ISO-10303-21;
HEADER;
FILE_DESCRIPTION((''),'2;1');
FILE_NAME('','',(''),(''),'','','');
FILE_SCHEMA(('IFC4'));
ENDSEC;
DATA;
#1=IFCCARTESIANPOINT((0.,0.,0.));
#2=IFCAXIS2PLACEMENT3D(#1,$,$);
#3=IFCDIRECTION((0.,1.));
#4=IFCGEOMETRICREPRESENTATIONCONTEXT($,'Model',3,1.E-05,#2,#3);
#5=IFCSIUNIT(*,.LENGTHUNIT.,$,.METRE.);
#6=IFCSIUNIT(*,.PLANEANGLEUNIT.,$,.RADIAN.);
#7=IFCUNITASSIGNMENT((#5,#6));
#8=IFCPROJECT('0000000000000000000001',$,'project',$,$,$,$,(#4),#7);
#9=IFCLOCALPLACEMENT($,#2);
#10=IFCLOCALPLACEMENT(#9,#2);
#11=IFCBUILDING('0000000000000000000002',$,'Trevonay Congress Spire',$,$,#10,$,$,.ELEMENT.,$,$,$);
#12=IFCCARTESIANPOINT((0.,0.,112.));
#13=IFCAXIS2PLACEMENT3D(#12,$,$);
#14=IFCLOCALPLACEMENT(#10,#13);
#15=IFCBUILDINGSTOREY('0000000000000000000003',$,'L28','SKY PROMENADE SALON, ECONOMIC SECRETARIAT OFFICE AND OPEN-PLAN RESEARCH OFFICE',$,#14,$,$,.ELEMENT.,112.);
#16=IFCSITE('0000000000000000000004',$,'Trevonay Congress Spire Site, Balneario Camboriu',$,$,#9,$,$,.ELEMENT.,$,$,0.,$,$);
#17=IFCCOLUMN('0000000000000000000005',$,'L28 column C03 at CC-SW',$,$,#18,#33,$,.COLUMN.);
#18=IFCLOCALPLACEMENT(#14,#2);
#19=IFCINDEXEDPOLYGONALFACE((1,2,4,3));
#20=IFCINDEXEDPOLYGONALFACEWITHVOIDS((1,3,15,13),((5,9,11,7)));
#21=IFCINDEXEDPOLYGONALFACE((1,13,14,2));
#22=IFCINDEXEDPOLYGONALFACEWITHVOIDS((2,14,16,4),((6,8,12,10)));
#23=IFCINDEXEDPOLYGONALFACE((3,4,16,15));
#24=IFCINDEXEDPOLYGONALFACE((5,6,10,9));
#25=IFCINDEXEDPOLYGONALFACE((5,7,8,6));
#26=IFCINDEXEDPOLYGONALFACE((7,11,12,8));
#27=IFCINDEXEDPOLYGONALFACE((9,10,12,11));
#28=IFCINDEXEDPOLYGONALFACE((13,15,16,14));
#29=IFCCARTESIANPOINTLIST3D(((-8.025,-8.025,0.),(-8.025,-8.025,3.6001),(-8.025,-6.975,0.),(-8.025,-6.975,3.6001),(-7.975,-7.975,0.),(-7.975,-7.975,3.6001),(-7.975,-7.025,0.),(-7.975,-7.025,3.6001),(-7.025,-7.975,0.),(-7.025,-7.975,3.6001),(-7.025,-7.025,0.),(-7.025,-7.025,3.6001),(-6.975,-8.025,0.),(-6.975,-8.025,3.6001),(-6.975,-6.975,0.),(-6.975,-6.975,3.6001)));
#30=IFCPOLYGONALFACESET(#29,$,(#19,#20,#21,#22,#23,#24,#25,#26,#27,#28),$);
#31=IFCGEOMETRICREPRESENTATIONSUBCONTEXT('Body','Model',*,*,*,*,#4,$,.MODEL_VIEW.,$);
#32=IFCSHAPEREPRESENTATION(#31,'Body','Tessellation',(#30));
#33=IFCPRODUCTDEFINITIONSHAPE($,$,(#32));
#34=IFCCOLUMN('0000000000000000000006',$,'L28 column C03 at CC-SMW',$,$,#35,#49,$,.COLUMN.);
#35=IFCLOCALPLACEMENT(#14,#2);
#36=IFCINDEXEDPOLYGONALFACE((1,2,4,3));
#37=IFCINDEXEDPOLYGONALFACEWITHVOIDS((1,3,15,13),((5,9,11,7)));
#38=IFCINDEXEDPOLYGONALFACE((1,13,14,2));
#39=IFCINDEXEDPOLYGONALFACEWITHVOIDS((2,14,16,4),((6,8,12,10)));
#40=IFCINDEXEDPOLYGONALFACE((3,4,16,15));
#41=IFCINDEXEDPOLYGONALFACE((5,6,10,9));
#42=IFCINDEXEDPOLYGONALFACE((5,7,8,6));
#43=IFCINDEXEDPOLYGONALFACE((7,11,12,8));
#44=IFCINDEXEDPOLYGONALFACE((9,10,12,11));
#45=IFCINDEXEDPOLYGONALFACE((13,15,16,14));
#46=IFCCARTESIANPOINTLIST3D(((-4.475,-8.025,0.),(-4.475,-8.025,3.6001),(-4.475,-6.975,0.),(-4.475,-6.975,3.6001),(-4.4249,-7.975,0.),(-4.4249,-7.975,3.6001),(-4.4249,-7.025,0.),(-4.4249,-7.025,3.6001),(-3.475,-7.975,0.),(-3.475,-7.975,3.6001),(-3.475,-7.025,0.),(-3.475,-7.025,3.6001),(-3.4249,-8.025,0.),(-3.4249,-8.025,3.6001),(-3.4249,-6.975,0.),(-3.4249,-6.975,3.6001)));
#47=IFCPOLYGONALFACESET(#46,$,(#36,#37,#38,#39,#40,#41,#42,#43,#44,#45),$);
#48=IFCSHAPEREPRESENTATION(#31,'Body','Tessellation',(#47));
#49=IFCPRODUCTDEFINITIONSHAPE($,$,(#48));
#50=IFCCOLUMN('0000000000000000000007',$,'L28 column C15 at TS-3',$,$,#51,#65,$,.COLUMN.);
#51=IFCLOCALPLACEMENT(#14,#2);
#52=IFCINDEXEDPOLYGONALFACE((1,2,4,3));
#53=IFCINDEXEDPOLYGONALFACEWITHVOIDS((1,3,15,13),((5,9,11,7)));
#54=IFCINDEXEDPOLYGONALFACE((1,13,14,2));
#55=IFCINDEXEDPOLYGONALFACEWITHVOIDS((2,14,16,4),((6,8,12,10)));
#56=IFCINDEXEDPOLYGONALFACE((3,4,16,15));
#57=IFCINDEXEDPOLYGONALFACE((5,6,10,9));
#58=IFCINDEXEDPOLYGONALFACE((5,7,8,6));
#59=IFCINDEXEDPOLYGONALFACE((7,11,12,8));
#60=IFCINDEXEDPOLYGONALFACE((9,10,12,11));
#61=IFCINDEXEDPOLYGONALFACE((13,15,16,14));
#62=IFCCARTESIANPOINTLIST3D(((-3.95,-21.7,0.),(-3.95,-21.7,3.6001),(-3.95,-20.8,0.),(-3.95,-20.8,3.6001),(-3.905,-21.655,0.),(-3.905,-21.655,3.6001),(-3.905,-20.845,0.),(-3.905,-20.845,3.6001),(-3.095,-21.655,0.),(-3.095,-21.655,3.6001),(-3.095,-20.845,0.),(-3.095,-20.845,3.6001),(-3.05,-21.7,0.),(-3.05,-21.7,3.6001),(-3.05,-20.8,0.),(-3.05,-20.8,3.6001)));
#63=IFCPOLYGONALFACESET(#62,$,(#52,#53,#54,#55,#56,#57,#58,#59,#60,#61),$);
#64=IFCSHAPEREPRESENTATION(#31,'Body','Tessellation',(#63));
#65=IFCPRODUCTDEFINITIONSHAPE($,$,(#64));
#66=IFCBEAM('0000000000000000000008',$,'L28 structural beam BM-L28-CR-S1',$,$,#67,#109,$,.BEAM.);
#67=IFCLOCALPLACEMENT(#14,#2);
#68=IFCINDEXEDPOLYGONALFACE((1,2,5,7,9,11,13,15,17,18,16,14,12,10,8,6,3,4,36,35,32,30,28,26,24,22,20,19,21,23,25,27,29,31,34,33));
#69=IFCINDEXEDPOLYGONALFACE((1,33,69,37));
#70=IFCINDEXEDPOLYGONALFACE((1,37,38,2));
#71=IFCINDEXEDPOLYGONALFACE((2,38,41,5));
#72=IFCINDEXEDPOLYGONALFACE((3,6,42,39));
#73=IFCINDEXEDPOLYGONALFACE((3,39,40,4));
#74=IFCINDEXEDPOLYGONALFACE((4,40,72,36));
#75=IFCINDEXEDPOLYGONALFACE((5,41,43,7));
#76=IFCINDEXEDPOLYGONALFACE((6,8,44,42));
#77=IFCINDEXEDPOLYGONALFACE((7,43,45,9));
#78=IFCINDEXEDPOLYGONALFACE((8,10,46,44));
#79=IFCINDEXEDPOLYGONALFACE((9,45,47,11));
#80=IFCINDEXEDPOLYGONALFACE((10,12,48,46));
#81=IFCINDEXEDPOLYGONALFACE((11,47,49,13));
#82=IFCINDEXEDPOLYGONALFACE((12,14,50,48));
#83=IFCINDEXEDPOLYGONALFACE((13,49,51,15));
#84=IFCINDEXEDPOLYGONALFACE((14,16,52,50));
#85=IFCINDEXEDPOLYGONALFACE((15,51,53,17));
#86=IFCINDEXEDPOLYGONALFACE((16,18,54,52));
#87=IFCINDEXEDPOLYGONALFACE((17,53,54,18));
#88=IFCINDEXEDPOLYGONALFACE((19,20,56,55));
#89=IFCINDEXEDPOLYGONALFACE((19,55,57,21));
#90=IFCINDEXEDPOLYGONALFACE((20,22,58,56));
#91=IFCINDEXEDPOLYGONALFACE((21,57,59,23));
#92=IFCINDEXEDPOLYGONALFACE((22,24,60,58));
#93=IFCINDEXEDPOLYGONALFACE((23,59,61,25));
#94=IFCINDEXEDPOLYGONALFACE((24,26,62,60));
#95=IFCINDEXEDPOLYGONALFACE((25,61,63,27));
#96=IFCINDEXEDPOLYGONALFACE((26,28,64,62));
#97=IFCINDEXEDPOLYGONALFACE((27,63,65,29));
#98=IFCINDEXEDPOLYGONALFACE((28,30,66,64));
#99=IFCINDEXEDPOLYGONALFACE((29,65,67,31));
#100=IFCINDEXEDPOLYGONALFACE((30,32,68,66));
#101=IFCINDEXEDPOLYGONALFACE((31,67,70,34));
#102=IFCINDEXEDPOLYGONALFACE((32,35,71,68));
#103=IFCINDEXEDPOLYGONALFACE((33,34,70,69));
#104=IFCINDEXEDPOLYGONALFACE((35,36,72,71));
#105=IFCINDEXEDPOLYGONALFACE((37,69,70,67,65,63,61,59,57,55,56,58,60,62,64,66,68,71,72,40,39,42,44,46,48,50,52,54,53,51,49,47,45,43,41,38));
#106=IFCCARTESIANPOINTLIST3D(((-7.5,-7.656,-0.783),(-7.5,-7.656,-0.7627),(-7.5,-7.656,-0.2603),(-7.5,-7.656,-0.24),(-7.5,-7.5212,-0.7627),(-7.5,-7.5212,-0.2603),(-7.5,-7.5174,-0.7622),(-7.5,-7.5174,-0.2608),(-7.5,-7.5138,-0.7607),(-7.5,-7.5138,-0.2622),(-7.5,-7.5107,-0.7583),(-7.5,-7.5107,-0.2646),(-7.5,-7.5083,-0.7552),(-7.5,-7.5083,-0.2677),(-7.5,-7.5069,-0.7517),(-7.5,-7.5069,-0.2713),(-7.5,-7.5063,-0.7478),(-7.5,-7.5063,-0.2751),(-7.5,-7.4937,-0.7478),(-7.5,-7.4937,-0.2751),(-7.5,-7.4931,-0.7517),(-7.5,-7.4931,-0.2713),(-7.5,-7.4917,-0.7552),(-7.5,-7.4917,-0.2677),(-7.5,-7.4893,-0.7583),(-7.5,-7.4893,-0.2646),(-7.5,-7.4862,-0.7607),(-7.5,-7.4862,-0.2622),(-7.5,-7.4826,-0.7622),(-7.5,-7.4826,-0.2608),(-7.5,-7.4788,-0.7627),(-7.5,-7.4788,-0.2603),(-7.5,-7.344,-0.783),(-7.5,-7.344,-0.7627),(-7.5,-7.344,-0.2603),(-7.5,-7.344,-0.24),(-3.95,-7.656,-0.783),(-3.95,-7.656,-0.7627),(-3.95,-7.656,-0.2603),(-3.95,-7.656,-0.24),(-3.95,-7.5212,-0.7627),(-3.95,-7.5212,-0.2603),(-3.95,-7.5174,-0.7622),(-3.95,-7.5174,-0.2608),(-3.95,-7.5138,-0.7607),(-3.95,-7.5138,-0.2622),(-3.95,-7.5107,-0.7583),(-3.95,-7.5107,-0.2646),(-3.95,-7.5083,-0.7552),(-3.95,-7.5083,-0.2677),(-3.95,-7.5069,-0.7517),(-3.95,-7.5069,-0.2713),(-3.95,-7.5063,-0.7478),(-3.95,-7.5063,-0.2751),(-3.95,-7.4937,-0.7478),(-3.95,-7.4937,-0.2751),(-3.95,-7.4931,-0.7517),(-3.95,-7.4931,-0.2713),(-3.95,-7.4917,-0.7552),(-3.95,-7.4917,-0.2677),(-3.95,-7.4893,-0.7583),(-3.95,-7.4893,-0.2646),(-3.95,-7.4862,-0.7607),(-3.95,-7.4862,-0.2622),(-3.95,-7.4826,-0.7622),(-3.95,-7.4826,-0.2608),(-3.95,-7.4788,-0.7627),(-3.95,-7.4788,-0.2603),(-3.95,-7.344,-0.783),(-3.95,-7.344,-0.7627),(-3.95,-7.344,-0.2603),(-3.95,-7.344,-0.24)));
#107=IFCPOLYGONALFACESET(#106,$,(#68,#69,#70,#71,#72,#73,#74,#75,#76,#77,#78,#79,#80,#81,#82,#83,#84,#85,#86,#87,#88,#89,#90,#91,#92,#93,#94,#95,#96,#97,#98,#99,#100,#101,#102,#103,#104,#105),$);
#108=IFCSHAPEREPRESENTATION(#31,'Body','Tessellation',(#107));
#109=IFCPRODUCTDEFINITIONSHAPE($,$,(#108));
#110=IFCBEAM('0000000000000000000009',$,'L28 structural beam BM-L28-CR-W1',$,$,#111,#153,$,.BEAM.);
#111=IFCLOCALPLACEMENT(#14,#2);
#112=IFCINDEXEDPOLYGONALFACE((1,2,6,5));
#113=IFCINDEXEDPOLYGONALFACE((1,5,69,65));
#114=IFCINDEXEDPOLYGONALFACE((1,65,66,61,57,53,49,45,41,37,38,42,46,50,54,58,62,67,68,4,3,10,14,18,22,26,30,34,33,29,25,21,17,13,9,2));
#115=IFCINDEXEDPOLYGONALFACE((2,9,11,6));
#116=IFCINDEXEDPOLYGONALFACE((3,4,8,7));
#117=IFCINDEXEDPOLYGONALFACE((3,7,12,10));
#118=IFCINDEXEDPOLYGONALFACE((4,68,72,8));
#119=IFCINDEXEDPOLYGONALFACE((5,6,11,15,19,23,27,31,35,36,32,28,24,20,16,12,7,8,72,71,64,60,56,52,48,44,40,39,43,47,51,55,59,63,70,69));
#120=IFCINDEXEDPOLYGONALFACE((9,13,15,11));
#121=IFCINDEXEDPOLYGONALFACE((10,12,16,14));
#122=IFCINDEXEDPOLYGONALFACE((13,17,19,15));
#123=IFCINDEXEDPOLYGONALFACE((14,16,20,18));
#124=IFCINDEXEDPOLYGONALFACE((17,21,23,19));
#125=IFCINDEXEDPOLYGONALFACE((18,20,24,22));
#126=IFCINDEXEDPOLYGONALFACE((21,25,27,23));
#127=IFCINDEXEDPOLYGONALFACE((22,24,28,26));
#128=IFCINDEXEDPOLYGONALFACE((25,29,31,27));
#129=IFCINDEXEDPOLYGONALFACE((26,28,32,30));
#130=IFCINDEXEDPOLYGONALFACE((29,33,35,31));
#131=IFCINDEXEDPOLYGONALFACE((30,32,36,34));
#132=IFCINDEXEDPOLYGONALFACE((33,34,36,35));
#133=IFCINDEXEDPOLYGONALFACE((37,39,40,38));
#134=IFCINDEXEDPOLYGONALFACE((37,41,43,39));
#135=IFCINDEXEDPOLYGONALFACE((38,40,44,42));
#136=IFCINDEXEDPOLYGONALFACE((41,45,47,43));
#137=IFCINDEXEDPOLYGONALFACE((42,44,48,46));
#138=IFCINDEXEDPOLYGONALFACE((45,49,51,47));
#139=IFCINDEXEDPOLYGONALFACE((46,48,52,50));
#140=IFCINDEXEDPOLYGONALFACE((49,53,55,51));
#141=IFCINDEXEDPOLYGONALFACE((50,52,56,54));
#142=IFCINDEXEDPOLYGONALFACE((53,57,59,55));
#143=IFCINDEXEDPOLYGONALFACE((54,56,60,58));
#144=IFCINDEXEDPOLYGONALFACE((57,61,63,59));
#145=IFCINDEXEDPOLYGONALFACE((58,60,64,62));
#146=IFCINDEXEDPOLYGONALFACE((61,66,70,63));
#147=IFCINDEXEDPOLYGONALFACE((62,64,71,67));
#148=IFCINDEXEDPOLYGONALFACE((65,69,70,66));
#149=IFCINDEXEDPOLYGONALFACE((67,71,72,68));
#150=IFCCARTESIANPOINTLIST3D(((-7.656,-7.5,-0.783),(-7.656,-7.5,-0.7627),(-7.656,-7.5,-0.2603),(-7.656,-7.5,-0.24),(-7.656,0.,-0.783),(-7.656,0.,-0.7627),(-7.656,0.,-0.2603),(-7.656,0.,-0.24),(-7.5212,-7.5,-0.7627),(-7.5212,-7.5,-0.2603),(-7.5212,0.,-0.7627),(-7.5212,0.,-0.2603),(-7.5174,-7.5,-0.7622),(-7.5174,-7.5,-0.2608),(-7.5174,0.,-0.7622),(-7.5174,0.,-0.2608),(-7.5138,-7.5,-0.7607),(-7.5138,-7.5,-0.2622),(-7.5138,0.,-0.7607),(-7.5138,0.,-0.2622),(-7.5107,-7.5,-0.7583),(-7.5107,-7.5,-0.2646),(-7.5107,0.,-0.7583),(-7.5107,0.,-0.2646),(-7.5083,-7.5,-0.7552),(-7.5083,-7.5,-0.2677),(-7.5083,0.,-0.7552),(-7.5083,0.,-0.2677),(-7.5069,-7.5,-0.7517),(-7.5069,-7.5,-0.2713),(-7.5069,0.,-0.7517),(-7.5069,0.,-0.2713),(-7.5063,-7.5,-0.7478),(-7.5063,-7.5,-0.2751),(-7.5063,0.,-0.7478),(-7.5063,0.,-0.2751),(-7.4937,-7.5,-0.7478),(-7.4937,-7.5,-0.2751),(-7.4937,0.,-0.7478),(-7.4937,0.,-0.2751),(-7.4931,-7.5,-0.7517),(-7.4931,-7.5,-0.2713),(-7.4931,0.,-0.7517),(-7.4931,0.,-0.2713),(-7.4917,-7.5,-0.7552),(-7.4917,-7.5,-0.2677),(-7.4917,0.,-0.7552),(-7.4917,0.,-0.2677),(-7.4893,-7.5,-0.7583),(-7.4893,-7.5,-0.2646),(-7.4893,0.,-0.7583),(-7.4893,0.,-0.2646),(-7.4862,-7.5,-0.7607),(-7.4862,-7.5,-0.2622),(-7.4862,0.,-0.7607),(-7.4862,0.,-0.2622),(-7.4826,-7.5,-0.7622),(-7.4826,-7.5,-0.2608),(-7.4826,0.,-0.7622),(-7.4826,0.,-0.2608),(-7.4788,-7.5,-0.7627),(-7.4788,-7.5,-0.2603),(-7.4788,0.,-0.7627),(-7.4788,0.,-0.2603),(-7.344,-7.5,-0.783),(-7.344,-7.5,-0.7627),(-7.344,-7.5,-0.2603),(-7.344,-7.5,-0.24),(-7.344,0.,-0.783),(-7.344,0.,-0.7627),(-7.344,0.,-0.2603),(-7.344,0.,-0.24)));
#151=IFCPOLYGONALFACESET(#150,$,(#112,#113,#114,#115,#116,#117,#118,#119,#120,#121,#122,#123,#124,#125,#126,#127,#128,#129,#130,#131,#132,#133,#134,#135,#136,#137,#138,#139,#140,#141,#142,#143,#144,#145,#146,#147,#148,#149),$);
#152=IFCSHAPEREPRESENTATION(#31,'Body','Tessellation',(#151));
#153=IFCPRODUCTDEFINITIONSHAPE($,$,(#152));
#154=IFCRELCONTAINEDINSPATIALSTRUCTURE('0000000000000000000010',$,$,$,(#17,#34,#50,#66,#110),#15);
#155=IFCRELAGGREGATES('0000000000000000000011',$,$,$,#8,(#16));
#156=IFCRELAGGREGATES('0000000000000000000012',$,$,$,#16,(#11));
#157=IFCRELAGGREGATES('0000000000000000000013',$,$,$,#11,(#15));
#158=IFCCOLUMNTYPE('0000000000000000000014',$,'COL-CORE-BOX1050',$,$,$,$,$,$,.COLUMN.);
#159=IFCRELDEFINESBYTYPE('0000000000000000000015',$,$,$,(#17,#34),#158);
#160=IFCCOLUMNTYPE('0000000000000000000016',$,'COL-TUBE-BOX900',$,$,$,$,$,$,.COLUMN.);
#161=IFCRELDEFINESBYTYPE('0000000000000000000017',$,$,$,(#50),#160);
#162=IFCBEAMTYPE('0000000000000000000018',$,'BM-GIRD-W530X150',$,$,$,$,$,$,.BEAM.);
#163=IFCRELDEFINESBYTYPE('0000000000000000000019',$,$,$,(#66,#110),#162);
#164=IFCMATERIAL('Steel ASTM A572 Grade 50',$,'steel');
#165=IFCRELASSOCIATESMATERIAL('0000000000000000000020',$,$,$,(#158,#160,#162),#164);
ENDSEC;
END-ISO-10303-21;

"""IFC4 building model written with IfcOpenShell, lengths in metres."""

from ifc_helpers import new_model, si_unit, direction, frame, origin, origin_2d, place, context, subcontext, project, spatial, hollow_rectangle, i_section, extrude, material, material_profile, profile_set, type_object, element, save


model = new_model("IFC4")

# Units and contexts
model_context = context("Model", 3, precision=1e-05, world=origin(), true_north=direction((0.0, 1.0)))
body_context = subcontext(model_context, "Body", "Model", "MODEL_VIEW")
ifc_project = project(units=[si_unit("LENGTHUNIT", "METRE"), si_unit("PLANEANGLEUNIT", "RADIAN")], contexts=[model_context])

# Site, building, storey
site_placement = place(None, origin())
site = spatial("IfcSite", under=ifc_project, at=site_placement, Name="Trevonay Congress Spire Site, Balneario Camboriu", CompositionType="ELEMENT", RefElevation=0.0)
building_placement = place(site_placement, origin())
building = spatial("IfcBuilding", under=site, at=building_placement, Name="Trevonay Congress Spire", CompositionType="ELEMENT")
storey_placement = place(building_placement, frame((0.0, 0.0, 112.0)))
storey = spatial("IfcBuildingStorey", under=building, at=storey_placement, Name="L28", Description="SKY PROMENADE SALON, ECONOMIC SECRETARIAT OFFICE AND OPEN-PLAN RESEARCH OFFICE", CompositionType="ELEMENT", Elevation=112.0)

# Columns
ifc_material_1 = material(Name="Steel ASTM A572 Grade 50", Category="steel")
ifc_material_profile_1 = material_profile(ifc_material_1, hollow_rectangle(XDim=1.05, YDim=1.05, WallThickness=0.05, at=origin_2d()), Name="BOX 1050x1050x50")
ifc_profile_set_1 = profile_set([ifc_material_profile_1], Name="Steel ASTM A572 Grade 50")
column_type_1 = type_object("IfcColumnType", Name="COL-CORE-BOX1050", PredefinedType="COLUMN", material=ifc_profile_set_1)
for number, where, z_axis, x_axis, name in (
    (1, (-7.5, -7.5, 0.0), (0.0, 0.0, 1.0), (1.0, 0.0, 0.0), "L28 column C03 at CC-SW"),
    (2, (-3.95, -7.5, 0.0), (0.0, 0.0, 1.0), (1.0, 0.0, 0.0), "L28 column C03 at CC-SMW"),
):
    element("IfcColumn", number, at=place(storey_placement, frame(where, z_axis=z_axis, x_axis=x_axis)), inside=storey, type_object=column_type_1, Name=name, PredefinedType="COLUMN", context=body_context, shape_type="SweptSolid", body=[
        extrude(hollow_rectangle(XDim=1.05, YDim=1.05, WallThickness=0.05, at=origin_2d()), origin(), (0.0, 0.0, 1.0), 3.6001),
    ])
ifc_material_profile_2 = material_profile(ifc_material_1, hollow_rectangle(XDim=0.8999, YDim=0.8999, WallThickness=0.0449, at=origin_2d()), Name="BOX 900x900x45")
ifc_profile_set_2 = profile_set([ifc_material_profile_2], Name="Steel ASTM A572 Grade 50")
column_type_2 = type_object("IfcColumnType", Name="COL-TUBE-BOX900", PredefinedType="COLUMN", material=ifc_profile_set_2)
column_placement = place(storey_placement, frame((-3.5, -21.25, 0.0), z_axis=(0.0, 0.0, 1.0), x_axis=(1.0, 0.0, 0.0)))
element("IfcColumn", 3, at=column_placement, inside=storey, type_object=column_type_2, Name="L28 column C15 at TS-3", PredefinedType="COLUMN", context=body_context, shape_type="SweptSolid", body=[
    extrude(hollow_rectangle(XDim=0.8999, YDim=0.8999, WallThickness=0.0449, at=origin_2d()), origin(), (0.0, 0.0, 1.0), 3.6001),
])

# Beams
ifc_material_profile_3 = material_profile(ifc_material_1, i_section(OverallWidth=0.312, OverallDepth=0.543, WebThickness=0.0127, FlangeThickness=0.0203, FilletRadius=0.0149, at=origin_2d()), Name="W530x150")
ifc_profile_set_3 = profile_set([ifc_material_profile_3], Name="Steel ASTM A572 Grade 50")
beam_type_1 = type_object("IfcBeamType", Name="BM-GIRD-W530X150", PredefinedType="BEAM", material=ifc_profile_set_3)
beam_1_placement = place(storey_placement, frame((-7.5, -7.5, -0.5115), z_axis=(1.0, 0.0, 0.0), x_axis=(0.0, 1.0, 0.0)))
element("IfcBeam", 4, at=beam_1_placement, inside=storey, type_object=beam_type_1, Name="L28 structural beam BM-L28-CR-S1", PredefinedType="BEAM", context=body_context, shape_type="SweptSolid", body=[
    extrude(i_section(OverallWidth=0.312, OverallDepth=0.543, WebThickness=0.0127, FlangeThickness=0.0203, FilletRadius=0.0149, at=origin_2d()), origin(), (0.0, 0.0, 1.0), 3.55),
])
beam_2_placement = place(storey_placement, frame((-7.5, -7.5, -0.5115), z_axis=(0.0, 1.0, 0.0), x_axis=(-1.0, 0.0, 0.0)))
element("IfcBeam", 5, at=beam_2_placement, inside=storey, type_object=beam_type_1, Name="L28 structural beam BM-L28-CR-W1", PredefinedType="BEAM", context=body_context, shape_type="SweptSolid", body=[
    extrude(i_section(OverallWidth=0.312, OverallDepth=0.543, WebThickness=0.0127, FlangeThickness=0.0203, FilletRadius=0.0149, at=origin_2d()), origin(), (0.0, 0.0, 1.0), 7.5),
])

save(model, "model.ifc")
